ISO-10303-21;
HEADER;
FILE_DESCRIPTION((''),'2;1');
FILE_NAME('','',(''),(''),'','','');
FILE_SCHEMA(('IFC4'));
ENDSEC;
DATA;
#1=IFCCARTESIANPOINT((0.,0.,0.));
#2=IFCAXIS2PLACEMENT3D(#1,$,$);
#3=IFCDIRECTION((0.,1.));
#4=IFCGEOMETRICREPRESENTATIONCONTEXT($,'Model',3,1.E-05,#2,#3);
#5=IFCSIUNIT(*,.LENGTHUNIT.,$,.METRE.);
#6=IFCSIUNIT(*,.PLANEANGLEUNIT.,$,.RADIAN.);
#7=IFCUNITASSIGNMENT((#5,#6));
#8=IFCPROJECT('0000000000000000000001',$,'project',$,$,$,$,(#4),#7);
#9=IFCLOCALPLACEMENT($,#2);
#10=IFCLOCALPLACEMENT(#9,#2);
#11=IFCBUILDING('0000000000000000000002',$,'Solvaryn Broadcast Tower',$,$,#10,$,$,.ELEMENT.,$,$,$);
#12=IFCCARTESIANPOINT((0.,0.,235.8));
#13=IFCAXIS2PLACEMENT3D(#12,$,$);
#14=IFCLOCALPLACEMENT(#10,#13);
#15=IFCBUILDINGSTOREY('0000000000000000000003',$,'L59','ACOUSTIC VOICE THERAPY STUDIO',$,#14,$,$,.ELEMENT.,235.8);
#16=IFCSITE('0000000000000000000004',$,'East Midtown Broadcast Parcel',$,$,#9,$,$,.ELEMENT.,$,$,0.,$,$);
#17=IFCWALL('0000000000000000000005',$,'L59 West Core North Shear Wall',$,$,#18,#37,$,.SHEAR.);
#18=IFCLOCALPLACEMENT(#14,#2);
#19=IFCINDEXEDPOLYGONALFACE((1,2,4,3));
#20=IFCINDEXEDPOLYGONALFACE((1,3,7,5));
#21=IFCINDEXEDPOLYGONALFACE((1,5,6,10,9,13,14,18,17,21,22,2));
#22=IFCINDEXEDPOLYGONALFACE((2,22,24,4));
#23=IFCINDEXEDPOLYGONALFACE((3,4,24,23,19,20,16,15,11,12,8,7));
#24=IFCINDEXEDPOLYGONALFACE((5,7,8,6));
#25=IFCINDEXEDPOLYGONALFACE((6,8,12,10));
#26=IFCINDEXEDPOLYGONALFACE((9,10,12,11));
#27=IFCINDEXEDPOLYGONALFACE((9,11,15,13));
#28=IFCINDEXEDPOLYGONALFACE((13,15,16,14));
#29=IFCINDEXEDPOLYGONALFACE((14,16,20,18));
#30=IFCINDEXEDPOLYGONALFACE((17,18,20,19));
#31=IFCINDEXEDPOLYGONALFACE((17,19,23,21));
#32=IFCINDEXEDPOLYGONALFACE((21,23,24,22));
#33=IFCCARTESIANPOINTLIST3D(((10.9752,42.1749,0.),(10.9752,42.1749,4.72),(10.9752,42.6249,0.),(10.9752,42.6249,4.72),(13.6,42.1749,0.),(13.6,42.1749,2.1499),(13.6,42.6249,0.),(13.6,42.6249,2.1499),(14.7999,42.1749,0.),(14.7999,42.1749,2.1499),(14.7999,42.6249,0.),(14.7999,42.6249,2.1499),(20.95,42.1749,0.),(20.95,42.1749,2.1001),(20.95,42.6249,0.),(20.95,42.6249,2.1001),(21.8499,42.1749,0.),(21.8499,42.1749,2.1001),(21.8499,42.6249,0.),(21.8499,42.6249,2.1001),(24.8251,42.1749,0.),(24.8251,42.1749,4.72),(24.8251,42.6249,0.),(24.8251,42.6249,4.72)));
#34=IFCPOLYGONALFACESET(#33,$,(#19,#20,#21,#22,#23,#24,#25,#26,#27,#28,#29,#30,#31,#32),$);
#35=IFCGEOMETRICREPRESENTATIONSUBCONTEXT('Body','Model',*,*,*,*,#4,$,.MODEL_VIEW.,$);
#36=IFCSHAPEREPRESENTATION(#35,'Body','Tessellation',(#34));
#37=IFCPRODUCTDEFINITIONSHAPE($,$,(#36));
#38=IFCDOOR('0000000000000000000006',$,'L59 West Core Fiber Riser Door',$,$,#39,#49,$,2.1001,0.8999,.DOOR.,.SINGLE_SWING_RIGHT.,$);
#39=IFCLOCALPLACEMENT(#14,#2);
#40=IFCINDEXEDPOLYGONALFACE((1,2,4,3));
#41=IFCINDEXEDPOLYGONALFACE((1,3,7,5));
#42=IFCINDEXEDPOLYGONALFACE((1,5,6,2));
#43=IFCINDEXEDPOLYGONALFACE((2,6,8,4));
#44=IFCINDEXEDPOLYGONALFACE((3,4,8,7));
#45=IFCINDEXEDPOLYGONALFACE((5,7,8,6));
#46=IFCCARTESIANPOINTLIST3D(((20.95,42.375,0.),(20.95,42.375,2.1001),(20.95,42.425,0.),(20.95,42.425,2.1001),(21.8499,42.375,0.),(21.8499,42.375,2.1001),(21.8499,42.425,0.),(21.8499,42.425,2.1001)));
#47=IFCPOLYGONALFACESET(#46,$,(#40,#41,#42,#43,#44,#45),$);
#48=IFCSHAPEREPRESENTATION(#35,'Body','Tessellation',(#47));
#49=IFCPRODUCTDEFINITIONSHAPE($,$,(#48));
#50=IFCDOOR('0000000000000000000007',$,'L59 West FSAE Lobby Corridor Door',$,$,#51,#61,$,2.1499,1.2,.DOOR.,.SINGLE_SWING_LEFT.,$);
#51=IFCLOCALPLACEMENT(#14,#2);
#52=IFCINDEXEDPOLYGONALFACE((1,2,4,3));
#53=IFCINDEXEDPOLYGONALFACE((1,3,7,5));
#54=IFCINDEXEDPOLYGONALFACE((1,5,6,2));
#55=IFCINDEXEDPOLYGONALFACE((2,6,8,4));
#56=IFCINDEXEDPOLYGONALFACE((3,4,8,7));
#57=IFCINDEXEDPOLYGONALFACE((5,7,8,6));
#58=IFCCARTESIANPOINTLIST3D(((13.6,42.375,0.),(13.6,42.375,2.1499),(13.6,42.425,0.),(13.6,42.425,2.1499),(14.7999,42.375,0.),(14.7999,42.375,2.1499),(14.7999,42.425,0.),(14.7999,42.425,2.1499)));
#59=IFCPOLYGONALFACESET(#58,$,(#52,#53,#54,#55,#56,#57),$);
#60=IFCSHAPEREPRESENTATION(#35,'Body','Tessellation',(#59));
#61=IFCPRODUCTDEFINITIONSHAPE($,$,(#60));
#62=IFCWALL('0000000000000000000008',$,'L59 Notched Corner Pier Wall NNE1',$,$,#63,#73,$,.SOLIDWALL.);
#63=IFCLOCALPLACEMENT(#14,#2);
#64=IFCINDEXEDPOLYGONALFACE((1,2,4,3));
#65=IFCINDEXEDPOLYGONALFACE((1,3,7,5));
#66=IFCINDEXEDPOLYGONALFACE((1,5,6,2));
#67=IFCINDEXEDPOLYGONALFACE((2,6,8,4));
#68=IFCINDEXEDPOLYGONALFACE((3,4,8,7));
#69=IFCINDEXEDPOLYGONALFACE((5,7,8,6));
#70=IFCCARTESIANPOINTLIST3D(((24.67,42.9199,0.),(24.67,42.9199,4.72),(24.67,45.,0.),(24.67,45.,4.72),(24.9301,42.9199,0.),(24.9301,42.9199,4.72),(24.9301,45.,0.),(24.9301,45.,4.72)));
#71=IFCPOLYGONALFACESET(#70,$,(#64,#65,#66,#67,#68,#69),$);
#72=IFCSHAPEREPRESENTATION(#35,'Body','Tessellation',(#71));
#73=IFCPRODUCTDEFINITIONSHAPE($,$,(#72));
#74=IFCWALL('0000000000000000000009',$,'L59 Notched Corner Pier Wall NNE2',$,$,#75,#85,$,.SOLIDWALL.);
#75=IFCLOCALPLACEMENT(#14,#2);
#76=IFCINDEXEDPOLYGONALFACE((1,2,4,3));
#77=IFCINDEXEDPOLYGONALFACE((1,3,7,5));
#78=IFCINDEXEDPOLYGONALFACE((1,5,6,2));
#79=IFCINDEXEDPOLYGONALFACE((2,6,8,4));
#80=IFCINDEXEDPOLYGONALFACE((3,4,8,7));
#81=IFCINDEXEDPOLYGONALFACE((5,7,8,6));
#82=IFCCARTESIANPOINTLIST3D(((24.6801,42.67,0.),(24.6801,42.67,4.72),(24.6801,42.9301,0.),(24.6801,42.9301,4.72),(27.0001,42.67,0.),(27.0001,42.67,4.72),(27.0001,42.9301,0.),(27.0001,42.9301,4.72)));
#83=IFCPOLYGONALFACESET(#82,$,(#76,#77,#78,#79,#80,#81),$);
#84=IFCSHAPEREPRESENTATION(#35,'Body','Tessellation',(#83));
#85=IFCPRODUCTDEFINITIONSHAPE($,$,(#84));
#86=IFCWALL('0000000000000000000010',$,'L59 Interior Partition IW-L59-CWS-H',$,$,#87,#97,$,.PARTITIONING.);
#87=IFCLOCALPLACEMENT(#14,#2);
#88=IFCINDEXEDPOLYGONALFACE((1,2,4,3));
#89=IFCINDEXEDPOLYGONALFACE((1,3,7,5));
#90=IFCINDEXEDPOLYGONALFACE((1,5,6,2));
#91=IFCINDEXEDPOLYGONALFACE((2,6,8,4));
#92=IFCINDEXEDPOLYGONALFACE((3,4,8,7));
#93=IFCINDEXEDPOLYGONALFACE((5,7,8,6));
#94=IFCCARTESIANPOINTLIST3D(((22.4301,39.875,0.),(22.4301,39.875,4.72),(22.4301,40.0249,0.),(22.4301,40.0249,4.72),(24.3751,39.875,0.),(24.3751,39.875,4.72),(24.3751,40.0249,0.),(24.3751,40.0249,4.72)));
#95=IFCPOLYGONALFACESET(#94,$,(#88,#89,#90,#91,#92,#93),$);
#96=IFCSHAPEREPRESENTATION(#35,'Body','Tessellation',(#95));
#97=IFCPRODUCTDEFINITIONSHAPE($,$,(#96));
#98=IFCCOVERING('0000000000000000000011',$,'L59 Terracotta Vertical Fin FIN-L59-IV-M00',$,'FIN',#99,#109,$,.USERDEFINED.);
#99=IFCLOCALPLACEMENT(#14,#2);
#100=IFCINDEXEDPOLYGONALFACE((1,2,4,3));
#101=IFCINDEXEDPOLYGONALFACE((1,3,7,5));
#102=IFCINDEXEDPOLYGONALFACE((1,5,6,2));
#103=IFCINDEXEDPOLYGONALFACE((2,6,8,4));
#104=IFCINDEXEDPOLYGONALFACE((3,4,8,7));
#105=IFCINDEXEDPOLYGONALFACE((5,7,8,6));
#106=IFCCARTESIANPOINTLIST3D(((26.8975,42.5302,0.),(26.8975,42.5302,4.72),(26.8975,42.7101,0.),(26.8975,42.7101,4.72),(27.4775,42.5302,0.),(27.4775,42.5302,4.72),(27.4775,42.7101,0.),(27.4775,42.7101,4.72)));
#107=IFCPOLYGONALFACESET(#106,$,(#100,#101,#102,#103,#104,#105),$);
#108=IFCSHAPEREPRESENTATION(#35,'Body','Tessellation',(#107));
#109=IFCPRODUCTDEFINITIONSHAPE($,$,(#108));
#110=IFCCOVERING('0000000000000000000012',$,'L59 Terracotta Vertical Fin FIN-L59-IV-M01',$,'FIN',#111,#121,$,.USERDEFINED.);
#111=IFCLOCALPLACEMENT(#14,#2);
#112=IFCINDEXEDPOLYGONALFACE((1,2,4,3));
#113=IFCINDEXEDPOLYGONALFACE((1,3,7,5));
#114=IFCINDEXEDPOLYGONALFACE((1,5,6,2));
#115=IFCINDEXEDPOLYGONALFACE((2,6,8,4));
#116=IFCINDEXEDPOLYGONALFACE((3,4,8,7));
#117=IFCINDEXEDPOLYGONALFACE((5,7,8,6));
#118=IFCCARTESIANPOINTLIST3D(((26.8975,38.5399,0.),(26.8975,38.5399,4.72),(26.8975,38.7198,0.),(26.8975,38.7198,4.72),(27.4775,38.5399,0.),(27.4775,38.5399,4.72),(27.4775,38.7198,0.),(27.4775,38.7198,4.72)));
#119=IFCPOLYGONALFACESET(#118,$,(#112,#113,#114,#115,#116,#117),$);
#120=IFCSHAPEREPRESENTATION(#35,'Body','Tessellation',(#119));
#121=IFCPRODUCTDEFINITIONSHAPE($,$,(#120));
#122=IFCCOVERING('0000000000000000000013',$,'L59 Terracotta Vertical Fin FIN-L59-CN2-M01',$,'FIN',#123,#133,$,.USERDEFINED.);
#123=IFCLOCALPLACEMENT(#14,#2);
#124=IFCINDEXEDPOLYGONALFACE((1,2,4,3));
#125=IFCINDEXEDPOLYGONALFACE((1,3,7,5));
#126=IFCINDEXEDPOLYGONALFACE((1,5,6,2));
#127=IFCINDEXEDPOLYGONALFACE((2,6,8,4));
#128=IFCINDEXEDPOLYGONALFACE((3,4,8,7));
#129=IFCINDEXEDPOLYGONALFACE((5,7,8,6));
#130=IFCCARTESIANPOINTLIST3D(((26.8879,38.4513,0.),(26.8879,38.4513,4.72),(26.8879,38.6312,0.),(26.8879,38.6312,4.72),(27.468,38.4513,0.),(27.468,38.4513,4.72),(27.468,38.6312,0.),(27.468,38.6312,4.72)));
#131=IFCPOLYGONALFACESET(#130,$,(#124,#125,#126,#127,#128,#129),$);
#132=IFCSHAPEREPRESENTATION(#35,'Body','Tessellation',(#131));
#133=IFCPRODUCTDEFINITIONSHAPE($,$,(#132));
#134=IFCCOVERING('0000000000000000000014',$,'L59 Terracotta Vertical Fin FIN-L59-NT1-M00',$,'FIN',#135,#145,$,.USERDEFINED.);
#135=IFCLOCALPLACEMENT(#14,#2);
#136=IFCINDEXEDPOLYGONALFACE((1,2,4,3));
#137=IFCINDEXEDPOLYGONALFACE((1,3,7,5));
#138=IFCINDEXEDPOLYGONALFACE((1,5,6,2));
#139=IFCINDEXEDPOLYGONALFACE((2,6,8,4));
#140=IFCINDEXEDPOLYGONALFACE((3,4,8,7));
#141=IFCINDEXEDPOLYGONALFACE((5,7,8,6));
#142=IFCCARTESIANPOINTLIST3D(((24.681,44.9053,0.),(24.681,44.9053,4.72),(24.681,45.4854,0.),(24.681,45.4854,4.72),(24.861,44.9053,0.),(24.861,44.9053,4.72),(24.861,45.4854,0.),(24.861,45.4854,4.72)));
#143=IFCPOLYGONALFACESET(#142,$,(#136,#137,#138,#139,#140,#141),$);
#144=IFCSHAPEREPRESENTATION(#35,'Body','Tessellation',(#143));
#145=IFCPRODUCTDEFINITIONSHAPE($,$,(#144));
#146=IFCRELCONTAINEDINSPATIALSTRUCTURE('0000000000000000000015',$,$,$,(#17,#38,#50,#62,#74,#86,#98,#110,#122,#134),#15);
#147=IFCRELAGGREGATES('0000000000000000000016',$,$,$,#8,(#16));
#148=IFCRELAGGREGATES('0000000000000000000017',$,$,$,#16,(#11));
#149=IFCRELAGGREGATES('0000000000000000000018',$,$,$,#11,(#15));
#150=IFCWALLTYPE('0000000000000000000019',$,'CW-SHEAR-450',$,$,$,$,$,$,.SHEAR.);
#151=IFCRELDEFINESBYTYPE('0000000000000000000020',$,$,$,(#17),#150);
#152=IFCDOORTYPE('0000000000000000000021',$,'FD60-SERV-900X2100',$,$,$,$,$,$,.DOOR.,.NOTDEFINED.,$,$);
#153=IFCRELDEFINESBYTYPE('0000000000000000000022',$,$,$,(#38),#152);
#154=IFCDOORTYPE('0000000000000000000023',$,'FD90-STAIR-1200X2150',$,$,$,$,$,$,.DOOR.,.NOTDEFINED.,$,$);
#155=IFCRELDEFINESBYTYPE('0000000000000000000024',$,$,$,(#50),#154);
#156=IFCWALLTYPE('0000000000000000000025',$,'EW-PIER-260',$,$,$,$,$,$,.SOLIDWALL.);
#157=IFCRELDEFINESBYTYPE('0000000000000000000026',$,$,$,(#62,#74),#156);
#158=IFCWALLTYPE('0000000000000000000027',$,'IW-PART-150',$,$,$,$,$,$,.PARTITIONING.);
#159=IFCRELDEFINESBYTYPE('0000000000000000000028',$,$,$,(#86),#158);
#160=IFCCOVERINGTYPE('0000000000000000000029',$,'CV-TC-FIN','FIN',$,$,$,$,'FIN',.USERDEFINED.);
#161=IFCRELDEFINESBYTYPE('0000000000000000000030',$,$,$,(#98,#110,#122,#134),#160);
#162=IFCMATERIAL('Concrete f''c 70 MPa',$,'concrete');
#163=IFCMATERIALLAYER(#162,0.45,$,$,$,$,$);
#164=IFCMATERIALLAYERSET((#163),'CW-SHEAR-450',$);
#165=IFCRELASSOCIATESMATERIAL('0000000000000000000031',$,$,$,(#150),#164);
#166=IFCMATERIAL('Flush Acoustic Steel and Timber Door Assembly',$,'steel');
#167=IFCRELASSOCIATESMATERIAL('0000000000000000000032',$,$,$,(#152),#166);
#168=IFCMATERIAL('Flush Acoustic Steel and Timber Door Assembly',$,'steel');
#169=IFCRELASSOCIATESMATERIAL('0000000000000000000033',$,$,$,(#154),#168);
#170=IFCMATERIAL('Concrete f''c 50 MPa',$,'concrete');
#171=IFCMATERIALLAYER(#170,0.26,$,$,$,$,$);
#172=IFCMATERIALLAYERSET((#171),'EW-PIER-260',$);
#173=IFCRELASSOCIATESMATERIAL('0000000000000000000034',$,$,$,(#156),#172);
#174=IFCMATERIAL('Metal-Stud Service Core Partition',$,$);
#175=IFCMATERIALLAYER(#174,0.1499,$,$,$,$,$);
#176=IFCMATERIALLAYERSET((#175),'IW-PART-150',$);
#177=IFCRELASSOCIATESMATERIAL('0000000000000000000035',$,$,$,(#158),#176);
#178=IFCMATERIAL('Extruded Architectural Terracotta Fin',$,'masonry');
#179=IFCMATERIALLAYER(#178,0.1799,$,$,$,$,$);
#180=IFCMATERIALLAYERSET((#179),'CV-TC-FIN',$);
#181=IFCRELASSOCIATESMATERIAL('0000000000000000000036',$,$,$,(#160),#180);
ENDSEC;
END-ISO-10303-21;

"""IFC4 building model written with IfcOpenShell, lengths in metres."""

from ifc_helpers import new_model, si_unit, direction, frame, frame_2d, origin, origin_2d, place, context, subcontext, project, spatial, rectangle, extrude, material, layer, layer_set, type_object, element, fill, save


model = new_model("IFC4")

# Units and contexts
model_context = context("Model", 3, precision=1e-05, world=origin(), true_north=direction((0.0, 1.0)))
body_context = subcontext(model_context, "Body", "Model", "MODEL_VIEW")
ifc_project = project(units=[si_unit("LENGTHUNIT", "METRE"), si_unit("PLANEANGLEUNIT", "RADIAN")], contexts=[model_context])

# Site, building, storey
site_placement = place(None, origin())
site = spatial("IfcSite", under=ifc_project, at=site_placement, Name="East Midtown Broadcast Parcel", CompositionType="ELEMENT", RefElevation=0.0)
building_placement = place(site_placement, origin())
building = spatial("IfcBuilding", under=site, at=building_placement, Name="Solvaryn Broadcast Tower", CompositionType="ELEMENT")
storey_placement = place(building_placement, frame((0.0, 0.0, 235.8)))
storey = spatial("IfcBuildingStorey", under=building, at=storey_placement, Name="L59", Description="ACOUSTIC VOICE THERAPY STUDIO", CompositionType="ELEMENT", Elevation=235.8)

# Wall, openings, doors
ifc_material_1 = material(Name="Concrete f'c 70 MPa", Category="concrete")
ifc_layer_1 = layer(ifc_material_1, 0.45)
ifc_layer_set_1 = layer_set([ifc_layer_1], Name="CW-SHEAR-450")
wall_type_1 = type_object("IfcWallType", Name="CW-SHEAR-450", PredefinedType="SHEAR", material=ifc_layer_set_1)
wall_1_placement = place(storey_placement, frame((24.825, 42.3999, 0.0), z_axis=(0.0, 0.0, 1.0), x_axis=(-1.0, 0.0, 0.0)))
wall_1 = element("IfcWall", 1, at=wall_1_placement, inside=storey, type_object=wall_type_1, Name="L59 West Core North Shear Wall", PredefinedType="SHEAR", context=body_context, shape_type="SweptSolid", body=[
    extrude(rectangle(XDim=13.8499, YDim=0.45, at=frame_2d((6.9248, 0.0))), origin(), (0.0, 0.0, 1.0), 4.72),
])
opening_1_placement = place(wall_1_placement, frame((10.0249, 0.0, 0.0)))
opening_1 = element("IfcOpeningElement", 2, at=opening_1_placement, cuts=wall_1, PredefinedType="OPENING", context=body_context, shape_type="SweptSolid", body=[
    extrude(rectangle(XDim=1.2, YDim=2.1499, at=frame_2d((0.6001, 1.075))), frame((0.0, 0.2351, 0.0), z_axis=(0.0, -1.0, 0.0), x_axis=(1.0, 0.0, 0.0)), (0.0, 0.0, 1.0), 0.47),
])
opening_2_placement = place(wall_1_placement, frame((2.9751, 0.0, 0.0)))
opening_2 = element("IfcOpeningElement", 3, at=opening_2_placement, cuts=wall_1, PredefinedType="OPENING", context=body_context, shape_type="SweptSolid", body=[
    extrude(rectangle(XDim=0.8999, YDim=2.1001, at=frame_2d((0.45, 1.05))), frame((0.0, 0.2351, 0.0), z_axis=(0.0, -1.0, 0.0), x_axis=(1.0, 0.0, 0.0)), (0.0, 0.0, 1.0), 0.47),
])
ifc_material_2 = material(Name="Flush Acoustic Steel and Timber Door Assembly", Category="steel")
door_type_1 = type_object("IfcDoorType", Name="FD60-SERV-900X2100", OperationType="NOTDEFINED", PredefinedType="DOOR", material=ifc_material_2)
door_1_placement = place(opening_2_placement, origin())
door_1 = element("IfcDoor", 4, at=door_1_placement, inside=storey, type_object=door_type_1, Name="L59 West Core Fiber Riser Door", OperationType="SINGLE_SWING_RIGHT", OverallHeight=2.1001, OverallWidth=0.8999, PredefinedType="DOOR", context=body_context, shape_type="SweptSolid", body=[
    extrude(rectangle(XDim=0.8999, YDim=2.1001, at=frame_2d((0.45, 1.05))), frame((0.0, 0.0249, 0.0), z_axis=(0.0, -1.0, 0.0), x_axis=(1.0, 0.0, 0.0)), (0.0, 0.0, 1.0), 0.05),
])
fill(opening_2, door_1)
ifc_material_3 = material(Name="Flush Acoustic Steel and Timber Door Assembly", Category="steel")
door_type_2 = type_object("IfcDoorType", Name="FD90-STAIR-1200X2150", OperationType="NOTDEFINED", PredefinedType="DOOR", material=ifc_material_3)
door_2_placement = place(opening_1_placement, origin())
door_2 = element("IfcDoor", 5, at=door_2_placement, inside=storey, type_object=door_type_2, Name="L59 West FSAE Lobby Corridor Door", OperationType="SINGLE_SWING_LEFT", OverallHeight=2.1499, OverallWidth=1.2, PredefinedType="DOOR", context=body_context, shape_type="SweptSolid", body=[
    extrude(rectangle(XDim=1.2, YDim=2.1499, at=frame_2d((0.6001, 1.075))), frame((0.0, 0.0249, 0.0), z_axis=(0.0, -1.0, 0.0), x_axis=(1.0, 0.0, 0.0)), (0.0, 0.0, 1.0), 0.05),
])
fill(opening_1, door_2)

# Walls
ifc_material_4 = material(Name="Concrete f'c 50 MPa", Category="concrete")
ifc_layer_2 = layer(ifc_material_4, 0.26)
ifc_layer_set_2 = layer_set([ifc_layer_2], Name="EW-PIER-260")
wall_type_2 = type_object("IfcWallType", Name="EW-PIER-260", PredefinedType="SOLIDWALL", material=ifc_layer_set_2)
wall_2_placement = place(storey_placement, frame((24.8, 45.0, 0.0), z_axis=(0.0, 0.0, 1.0), x_axis=(0.0, -1.0, 0.0)))
element("IfcWall", 6, at=wall_2_placement, inside=storey, type_object=wall_type_2, Name="L59 Notched Corner Pier Wall NNE1", PredefinedType="SOLIDWALL", context=body_context, shape_type="SweptSolid", body=[
    extrude(rectangle(XDim=2.0801, YDim=0.26, at=frame_2d((1.04, 0.0))), origin(), (0.0, 0.0, 1.0), 4.72),
])
wall_3_placement = place(storey_placement, frame((24.6799, 42.8, 0.0), z_axis=(0.0, 0.0, 1.0), x_axis=(1.0, 0.0, 0.0)))
element("IfcWall", 7, at=wall_3_placement, inside=storey, type_object=wall_type_2, Name="L59 Notched Corner Pier Wall NNE2", PredefinedType="SOLIDWALL", context=body_context, shape_type="SweptSolid", body=[
    extrude(rectangle(XDim=2.3201, YDim=0.26, at=frame_2d((1.1602, 0.0))), origin(), (0.0, 0.0, 1.0), 4.72),
])
ifc_material_5 = material(Name="Metal-Stud Service Core Partition")
ifc_layer_3 = layer(ifc_material_5, 0.1499)
ifc_layer_set_3 = layer_set([ifc_layer_3], Name="IW-PART-150")
wall_type_3 = type_object("IfcWallType", Name="IW-PART-150", PredefinedType="PARTITIONING", material=ifc_layer_set_3)
wall_4_placement = place(storey_placement, frame((22.4299, 39.95, 0.0), z_axis=(0.0, 0.0, 1.0), x_axis=(1.0, 0.0, 0.0)))
element("IfcWall", 8, at=wall_4_placement, inside=storey, type_object=wall_type_3, Name="L59 Interior Partition IW-L59-CWS-H", PredefinedType="PARTITIONING", context=body_context, shape_type="SweptSolid", body=[
    extrude(rectangle(XDim=1.9451, YDim=0.1499, at=frame_2d((0.9727, 0.0))), origin(), (0.0, 0.0, 1.0), 4.72),
])

# Coverings
ifc_material_6 = material(Name="Extruded Architectural Terracotta Fin", Category="masonry")
ifc_layer_4 = layer(ifc_material_6, 0.1799)
ifc_layer_set_4 = layer_set([ifc_layer_4], Name="CV-TC-FIN")
covering_type = type_object("IfcCoveringType", Name="CV-TC-FIN", Description="FIN", ElementType="FIN", PredefinedType="USERDEFINED", material=ifc_layer_set_4)
for number, where, z_axis, x_axis, name in (
    (9, (27.1875, 42.6201, 0.0), (0.0, 0.0, 1.0), (1.0, 0.0, 0.0), "L59 Terracotta Vertical Fin FIN-L59-IV-M00"),
    (10, (27.1875, 38.6299, 0.0), (0.0, 0.0, 1.0), (1.0, 0.0, 0.0), "L59 Terracotta Vertical Fin FIN-L59-IV-M01"),
    (11, (27.178, 38.5413, 0.0), (0.0, 0.0, 1.0), (1.0, 0.0, 0.0), "L59 Terracotta Vertical Fin FIN-L59-CN2-M01"),
):
    element("IfcCovering", number, at=place(storey_placement, frame(where, z_axis=z_axis, x_axis=x_axis)), inside=storey, type_object=covering_type, Name=name, ObjectType="FIN", PredefinedType="USERDEFINED", context=body_context, shape_type="SweptSolid", body=[
        extrude(rectangle(XDim=0.5801, YDim=0.1799, at=origin_2d()), origin(), (0.0, 0.0, 1.0), 4.72),
    ])
covering_placement = place(storey_placement, frame((24.771, 45.1953, 0.0), z_axis=(0.0, 0.0, 1.0), x_axis=(1.0, 0.0, 0.0)))
element("IfcCovering", 12, at=covering_placement, inside=storey, type_object=covering_type, Name="L59 Terracotta Vertical Fin FIN-L59-NT1-M00", ObjectType="FIN", PredefinedType="USERDEFINED", context=body_context, shape_type="SweptSolid", body=[
    extrude(rectangle(XDim=0.1799, YDim=0.5801, at=origin_2d()), origin(), (0.0, 0.0, 1.0), 4.72),
])

save(model, "model.ifc")
